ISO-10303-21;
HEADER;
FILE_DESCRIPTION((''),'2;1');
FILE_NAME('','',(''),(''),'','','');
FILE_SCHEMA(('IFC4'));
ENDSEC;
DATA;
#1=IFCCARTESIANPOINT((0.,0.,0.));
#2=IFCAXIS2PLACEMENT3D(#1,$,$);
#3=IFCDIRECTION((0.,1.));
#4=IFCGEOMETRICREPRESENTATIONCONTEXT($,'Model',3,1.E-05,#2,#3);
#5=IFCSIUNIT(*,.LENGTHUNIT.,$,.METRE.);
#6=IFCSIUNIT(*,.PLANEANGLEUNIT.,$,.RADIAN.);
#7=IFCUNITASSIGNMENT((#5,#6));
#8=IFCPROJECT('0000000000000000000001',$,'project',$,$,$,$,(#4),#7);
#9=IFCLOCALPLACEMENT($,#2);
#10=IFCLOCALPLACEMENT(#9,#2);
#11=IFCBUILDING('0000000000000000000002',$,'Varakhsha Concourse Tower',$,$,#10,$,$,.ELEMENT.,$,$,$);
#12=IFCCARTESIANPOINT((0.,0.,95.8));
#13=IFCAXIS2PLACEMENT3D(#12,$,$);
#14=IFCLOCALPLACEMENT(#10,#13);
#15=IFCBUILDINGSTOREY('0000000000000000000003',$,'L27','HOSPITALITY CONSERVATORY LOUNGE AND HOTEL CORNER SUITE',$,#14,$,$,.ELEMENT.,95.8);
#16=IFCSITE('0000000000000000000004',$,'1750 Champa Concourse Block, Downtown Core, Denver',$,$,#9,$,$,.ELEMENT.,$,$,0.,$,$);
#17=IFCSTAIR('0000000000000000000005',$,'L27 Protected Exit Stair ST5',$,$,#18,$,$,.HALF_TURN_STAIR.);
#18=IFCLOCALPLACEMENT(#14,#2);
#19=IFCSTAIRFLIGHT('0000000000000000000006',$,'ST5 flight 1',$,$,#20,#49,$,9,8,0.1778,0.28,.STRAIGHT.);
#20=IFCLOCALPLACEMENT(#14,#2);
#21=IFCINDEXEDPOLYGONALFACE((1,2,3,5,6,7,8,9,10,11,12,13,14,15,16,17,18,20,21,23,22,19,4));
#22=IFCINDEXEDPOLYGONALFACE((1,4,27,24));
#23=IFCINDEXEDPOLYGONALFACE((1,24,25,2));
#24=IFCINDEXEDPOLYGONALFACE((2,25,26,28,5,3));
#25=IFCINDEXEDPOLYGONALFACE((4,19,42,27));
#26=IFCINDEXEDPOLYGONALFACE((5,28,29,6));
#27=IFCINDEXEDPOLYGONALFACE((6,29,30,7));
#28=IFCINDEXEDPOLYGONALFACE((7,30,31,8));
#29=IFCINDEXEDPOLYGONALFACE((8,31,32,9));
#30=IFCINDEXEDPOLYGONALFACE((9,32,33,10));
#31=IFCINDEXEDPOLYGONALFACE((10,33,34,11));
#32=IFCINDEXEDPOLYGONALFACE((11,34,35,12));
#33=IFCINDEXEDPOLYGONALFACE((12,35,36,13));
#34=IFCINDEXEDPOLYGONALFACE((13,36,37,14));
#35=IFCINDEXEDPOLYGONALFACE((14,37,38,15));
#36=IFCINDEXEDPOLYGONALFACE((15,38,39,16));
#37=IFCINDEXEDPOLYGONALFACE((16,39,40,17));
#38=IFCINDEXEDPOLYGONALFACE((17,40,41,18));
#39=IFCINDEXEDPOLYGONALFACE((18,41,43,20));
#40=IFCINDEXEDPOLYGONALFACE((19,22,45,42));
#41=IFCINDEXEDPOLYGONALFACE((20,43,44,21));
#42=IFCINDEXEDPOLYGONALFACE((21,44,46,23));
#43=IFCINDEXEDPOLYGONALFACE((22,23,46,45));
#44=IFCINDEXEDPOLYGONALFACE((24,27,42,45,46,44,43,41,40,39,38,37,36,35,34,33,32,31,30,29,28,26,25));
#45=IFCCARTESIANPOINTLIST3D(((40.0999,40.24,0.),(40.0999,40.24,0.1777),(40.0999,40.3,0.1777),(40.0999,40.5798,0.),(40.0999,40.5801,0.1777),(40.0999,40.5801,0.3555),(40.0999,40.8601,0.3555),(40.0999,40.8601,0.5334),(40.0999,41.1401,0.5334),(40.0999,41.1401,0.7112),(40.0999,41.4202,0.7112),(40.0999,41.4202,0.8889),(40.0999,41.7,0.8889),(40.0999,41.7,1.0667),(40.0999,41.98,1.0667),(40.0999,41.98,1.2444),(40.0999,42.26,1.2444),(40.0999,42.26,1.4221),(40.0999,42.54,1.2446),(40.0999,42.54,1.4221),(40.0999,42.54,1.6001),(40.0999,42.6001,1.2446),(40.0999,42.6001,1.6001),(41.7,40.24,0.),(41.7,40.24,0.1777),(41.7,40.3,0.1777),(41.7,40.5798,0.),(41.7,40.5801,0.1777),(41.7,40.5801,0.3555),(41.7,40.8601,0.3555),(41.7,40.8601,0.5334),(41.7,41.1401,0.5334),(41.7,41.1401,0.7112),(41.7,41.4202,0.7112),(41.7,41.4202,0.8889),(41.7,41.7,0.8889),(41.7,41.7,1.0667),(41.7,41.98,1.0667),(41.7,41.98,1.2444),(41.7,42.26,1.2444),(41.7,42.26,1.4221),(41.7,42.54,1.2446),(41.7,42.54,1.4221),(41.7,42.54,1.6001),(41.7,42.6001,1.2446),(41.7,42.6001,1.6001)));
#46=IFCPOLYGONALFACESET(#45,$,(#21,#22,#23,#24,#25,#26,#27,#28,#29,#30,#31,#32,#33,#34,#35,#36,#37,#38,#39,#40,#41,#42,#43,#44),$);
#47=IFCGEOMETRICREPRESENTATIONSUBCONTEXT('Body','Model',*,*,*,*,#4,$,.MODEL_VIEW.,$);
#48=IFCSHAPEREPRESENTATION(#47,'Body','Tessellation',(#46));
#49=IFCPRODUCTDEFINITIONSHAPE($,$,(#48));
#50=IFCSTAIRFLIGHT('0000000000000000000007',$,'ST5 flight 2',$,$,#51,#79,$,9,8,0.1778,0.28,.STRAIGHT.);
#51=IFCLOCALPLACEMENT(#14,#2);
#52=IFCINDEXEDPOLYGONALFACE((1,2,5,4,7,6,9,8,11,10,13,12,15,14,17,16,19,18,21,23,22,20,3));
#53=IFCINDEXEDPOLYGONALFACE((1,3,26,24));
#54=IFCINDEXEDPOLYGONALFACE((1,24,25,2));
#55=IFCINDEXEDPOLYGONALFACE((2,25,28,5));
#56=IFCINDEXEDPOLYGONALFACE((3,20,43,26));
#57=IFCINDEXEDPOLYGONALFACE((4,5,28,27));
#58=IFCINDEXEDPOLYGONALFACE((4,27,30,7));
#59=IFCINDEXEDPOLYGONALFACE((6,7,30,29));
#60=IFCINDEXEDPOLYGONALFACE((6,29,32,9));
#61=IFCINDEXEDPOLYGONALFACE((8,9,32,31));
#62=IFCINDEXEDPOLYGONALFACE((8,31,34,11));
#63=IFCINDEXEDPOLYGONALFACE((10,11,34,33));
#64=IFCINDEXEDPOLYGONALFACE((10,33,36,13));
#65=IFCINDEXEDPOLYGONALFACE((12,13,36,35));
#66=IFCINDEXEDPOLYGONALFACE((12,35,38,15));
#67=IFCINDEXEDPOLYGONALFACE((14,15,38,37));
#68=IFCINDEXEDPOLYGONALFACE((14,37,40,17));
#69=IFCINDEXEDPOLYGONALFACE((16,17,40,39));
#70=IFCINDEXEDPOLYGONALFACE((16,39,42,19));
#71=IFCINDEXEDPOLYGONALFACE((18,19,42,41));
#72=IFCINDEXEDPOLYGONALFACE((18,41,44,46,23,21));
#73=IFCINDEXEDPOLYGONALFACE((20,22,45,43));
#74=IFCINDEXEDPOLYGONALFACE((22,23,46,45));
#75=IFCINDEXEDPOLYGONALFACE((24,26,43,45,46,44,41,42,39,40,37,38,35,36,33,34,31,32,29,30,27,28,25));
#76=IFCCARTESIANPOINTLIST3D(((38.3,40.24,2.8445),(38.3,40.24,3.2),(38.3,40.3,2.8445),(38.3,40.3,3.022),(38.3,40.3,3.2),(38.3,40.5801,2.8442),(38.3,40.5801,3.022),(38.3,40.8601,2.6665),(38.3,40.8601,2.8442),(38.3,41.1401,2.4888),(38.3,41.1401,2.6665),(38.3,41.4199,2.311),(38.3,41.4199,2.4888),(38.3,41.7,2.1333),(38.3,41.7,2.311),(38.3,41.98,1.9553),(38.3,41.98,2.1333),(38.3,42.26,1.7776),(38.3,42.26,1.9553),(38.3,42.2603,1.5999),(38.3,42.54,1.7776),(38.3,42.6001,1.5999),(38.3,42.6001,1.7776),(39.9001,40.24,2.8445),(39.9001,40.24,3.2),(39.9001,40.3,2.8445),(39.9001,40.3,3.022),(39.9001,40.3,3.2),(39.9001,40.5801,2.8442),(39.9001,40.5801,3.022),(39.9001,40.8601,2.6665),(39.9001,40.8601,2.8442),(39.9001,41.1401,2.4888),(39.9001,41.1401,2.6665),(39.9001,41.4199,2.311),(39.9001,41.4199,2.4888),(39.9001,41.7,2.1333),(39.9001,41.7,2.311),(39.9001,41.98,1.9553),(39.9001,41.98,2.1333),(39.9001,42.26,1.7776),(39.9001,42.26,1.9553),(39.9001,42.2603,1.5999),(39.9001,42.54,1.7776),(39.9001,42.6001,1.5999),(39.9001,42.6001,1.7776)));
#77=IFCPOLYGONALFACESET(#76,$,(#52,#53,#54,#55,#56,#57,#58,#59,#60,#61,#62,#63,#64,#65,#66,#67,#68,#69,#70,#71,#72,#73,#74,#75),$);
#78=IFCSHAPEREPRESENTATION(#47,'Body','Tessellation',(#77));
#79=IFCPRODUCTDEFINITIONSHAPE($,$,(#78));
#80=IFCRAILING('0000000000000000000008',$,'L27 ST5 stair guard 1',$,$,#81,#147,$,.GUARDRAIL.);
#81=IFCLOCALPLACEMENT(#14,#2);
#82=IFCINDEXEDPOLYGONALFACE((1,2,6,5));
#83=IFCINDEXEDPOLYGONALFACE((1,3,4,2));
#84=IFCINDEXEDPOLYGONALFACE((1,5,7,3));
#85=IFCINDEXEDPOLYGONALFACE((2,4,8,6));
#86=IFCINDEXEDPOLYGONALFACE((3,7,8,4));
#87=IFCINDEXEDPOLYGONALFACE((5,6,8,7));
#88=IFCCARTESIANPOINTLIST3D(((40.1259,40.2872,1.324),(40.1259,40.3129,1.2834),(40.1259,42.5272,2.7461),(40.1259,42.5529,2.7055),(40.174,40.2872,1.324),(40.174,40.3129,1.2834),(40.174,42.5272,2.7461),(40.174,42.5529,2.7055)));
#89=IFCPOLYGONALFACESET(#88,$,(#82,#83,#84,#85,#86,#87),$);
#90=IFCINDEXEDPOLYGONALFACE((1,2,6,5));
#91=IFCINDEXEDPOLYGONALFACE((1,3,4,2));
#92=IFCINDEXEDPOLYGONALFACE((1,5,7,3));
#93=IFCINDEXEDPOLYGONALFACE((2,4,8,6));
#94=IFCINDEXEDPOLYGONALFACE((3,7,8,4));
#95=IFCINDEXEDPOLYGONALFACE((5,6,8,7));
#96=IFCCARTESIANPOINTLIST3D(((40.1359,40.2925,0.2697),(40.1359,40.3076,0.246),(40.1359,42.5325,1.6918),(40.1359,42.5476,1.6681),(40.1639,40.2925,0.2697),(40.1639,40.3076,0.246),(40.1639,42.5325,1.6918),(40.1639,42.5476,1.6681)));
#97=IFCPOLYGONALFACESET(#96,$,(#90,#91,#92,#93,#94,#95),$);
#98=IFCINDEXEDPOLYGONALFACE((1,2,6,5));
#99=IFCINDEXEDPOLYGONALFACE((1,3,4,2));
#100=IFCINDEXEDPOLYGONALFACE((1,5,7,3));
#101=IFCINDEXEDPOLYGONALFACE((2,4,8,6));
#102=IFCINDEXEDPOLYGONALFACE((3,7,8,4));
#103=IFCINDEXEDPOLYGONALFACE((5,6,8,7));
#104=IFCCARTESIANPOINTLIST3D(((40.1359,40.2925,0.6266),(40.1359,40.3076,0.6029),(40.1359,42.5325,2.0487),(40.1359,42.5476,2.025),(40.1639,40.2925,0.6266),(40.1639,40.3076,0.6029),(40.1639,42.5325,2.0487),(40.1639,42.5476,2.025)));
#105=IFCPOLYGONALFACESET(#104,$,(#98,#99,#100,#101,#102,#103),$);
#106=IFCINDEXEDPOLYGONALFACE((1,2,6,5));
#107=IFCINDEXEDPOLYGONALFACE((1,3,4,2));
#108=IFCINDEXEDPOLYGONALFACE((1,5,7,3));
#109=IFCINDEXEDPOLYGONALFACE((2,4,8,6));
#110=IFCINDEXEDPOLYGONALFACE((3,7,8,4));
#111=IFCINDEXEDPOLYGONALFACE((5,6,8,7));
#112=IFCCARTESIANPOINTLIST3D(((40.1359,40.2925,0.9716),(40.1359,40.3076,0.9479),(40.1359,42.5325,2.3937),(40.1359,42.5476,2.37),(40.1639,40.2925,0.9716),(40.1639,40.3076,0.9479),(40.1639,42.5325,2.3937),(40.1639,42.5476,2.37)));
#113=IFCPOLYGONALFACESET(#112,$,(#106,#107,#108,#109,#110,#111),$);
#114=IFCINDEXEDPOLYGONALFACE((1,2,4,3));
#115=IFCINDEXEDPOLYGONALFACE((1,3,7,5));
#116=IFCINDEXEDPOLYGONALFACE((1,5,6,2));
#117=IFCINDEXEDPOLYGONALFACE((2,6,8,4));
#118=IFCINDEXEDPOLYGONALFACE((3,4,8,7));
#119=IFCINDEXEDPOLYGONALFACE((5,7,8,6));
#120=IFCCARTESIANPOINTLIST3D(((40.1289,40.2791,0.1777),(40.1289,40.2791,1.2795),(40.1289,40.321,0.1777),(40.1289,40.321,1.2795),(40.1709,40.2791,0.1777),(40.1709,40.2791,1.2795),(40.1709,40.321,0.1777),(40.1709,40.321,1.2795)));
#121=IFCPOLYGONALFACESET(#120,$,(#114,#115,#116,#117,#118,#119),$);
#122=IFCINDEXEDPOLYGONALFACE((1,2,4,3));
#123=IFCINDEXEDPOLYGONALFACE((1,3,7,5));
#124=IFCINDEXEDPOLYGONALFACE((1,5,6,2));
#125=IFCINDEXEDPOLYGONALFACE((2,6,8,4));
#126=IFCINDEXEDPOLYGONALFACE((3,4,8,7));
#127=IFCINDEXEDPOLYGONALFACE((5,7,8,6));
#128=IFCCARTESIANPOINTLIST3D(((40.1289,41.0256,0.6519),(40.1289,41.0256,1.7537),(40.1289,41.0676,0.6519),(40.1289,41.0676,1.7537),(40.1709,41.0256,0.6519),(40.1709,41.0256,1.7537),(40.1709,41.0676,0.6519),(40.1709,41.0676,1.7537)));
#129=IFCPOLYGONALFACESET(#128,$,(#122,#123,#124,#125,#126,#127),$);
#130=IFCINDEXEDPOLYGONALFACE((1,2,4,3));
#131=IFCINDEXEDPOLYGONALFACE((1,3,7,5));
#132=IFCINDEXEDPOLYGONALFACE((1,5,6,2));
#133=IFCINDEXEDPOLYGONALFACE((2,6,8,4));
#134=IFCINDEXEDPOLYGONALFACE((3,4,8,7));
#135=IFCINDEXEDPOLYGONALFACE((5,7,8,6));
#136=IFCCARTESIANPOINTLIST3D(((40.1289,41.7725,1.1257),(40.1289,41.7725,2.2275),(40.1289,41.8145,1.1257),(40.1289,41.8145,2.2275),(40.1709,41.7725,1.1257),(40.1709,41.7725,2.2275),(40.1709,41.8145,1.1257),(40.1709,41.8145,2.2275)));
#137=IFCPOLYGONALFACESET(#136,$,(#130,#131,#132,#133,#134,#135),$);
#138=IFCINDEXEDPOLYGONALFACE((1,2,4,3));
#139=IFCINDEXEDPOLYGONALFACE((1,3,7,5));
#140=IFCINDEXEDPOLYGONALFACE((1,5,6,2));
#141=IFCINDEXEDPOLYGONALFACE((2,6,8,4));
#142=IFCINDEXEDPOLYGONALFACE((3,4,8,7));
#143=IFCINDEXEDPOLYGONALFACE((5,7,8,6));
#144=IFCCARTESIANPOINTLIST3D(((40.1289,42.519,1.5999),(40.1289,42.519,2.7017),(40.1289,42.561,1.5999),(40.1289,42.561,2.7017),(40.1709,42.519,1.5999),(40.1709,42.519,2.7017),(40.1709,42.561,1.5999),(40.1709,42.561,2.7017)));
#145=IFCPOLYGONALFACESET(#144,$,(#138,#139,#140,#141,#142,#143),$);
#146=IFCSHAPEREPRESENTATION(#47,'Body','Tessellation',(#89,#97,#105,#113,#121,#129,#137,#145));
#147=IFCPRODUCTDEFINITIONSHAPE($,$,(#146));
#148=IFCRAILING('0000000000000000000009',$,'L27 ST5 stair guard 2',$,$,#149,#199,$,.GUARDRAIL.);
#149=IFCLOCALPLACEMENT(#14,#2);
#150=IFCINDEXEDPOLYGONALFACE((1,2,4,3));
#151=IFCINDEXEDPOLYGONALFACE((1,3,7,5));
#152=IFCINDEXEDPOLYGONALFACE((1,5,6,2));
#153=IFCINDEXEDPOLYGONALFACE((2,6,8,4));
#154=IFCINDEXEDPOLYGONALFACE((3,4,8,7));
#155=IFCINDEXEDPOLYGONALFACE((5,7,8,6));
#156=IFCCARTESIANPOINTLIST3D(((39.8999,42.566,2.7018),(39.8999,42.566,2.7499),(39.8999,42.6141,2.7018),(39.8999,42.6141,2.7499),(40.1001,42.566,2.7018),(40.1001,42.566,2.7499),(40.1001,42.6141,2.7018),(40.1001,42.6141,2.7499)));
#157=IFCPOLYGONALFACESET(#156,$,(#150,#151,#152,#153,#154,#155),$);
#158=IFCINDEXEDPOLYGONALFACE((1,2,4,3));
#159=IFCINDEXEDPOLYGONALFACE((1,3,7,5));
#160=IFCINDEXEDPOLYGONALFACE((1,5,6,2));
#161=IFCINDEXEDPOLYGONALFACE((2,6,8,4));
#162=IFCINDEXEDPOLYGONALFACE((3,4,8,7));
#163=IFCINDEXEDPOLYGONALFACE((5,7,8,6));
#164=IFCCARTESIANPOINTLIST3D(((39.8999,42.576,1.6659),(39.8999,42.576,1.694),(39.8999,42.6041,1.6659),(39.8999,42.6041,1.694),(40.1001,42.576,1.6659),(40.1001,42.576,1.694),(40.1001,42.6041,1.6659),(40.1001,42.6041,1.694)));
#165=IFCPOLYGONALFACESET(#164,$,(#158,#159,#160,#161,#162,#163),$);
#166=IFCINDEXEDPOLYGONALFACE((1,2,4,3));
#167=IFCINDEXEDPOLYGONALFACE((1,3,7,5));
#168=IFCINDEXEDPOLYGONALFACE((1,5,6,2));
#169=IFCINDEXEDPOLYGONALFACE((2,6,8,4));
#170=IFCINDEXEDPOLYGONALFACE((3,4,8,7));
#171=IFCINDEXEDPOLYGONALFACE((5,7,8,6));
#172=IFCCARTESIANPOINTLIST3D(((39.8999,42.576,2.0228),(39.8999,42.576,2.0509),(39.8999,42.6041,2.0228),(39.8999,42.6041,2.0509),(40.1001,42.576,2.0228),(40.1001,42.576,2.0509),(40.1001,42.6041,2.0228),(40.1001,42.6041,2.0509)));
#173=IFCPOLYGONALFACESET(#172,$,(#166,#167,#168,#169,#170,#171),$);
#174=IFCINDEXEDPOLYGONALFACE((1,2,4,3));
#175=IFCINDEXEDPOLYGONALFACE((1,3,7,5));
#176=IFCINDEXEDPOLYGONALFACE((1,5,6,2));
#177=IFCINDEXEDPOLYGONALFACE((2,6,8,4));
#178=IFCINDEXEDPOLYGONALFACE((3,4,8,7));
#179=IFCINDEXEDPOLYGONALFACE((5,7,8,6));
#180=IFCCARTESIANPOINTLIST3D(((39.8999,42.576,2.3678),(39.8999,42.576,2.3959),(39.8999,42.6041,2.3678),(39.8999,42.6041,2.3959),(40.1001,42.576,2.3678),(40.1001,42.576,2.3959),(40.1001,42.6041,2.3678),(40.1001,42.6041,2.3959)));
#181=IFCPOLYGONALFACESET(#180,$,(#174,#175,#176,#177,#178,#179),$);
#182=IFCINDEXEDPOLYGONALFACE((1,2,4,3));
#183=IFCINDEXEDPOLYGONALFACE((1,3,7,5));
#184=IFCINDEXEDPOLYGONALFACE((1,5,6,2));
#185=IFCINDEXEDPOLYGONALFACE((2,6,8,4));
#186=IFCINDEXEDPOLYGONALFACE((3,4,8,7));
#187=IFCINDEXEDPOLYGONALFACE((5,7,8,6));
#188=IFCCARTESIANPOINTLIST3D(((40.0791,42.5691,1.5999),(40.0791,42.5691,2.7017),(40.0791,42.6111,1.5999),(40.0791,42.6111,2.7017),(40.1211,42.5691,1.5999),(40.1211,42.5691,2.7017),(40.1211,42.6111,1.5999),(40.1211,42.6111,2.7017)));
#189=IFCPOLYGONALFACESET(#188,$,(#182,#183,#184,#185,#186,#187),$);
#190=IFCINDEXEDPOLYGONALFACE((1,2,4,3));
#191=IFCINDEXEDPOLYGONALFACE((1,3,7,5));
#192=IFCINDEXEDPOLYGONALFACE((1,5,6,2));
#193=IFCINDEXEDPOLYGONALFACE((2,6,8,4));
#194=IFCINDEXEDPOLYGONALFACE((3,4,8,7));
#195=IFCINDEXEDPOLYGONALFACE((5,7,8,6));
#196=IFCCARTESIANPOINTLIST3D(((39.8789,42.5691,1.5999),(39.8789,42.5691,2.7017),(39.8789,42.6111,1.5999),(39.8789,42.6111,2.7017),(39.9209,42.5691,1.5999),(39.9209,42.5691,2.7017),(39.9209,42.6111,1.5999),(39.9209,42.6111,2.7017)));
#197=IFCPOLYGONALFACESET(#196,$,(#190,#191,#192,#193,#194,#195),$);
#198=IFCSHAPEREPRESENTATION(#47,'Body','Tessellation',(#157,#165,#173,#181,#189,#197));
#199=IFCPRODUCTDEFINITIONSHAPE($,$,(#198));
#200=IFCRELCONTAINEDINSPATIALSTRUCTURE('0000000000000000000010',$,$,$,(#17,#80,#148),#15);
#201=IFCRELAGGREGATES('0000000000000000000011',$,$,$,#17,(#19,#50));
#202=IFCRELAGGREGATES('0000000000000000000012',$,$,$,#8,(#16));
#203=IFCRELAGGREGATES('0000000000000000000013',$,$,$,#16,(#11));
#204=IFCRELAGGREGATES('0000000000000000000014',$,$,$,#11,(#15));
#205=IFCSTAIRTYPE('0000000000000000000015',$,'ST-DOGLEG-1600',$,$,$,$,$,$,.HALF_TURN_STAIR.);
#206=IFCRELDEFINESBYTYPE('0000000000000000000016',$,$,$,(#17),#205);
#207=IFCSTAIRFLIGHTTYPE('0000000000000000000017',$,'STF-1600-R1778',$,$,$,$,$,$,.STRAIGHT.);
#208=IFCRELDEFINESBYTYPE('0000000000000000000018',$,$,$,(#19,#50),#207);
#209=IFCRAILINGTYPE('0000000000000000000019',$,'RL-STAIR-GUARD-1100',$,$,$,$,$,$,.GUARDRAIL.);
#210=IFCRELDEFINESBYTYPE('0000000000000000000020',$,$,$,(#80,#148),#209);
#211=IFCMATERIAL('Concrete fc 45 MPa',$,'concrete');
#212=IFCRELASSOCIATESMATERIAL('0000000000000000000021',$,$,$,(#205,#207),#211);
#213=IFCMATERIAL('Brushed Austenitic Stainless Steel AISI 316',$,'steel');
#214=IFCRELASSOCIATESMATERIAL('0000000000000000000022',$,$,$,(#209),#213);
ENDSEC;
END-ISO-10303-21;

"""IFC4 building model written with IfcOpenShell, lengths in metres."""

from ifc_helpers import new_model, si_unit, direction, frame, origin, origin_2d, place, context, subcontext, project, spatial, polyline, rectangle, outline, extrude, material, type_object, element, aggregate, save


model = new_model("IFC4")

# Units and contexts
model_context = context("Model", 3, precision=1e-05, world=origin(), true_north=direction((0.0, 1.0)))
body_context = subcontext(model_context, "Body", "Model", "MODEL_VIEW")
ifc_project = project(units=[si_unit("LENGTHUNIT", "METRE"), si_unit("PLANEANGLEUNIT", "RADIAN")], contexts=[model_context])

# Site, building, storey
site_placement = place(None, origin())
site = spatial("IfcSite", under=ifc_project, at=site_placement, Name="1750 Champa Concourse Block, Downtown Core, Denver", CompositionType="ELEMENT", RefElevation=0.0)
building_placement = place(site_placement, origin())
building = spatial("IfcBuilding", under=site, at=building_placement, Name="Varakhsha Concourse Tower", CompositionType="ELEMENT")
storey_placement = place(building_placement, frame((0.0, 0.0, 95.8)))
storey = spatial("IfcBuildingStorey", under=building, at=storey_placement, Name="L27", Description="HOSPITALITY CONSERVATORY LOUNGE AND HOTEL CORNER SUITE", CompositionType="ELEMENT", Elevation=95.8)

# Shared definitions
ifc_material_1 = material(Name="Concrete fc 45 MPa", Category="concrete")

# Stair, stair flights
stair_type = type_object("IfcStairType", Name="ST-DOGLEG-1600", PredefinedType="HALF_TURN_STAIR", material=ifc_material_1)
stair_placement = place(storey_placement, origin())
stair = element("IfcStair", 1, at=stair_placement, inside=storey, type_object=stair_type, Name="L27 Protected Exit Stair ST5", PredefinedType="HALF_TURN_STAIR")
stair_flight_type = type_object("IfcStairFlightType", Name="STF-1600-R1778", PredefinedType="STRAIGHT", material=ifc_material_1)
stair_flight_1_placement = place(storey_placement, frame((40.8999, 40.3, 0.0), z_axis=(0.0, 0.0, 1.0), x_axis=(0.0, 1.0, 0.0)))
stair_flight_1 = element("IfcStairFlight", 2, at=stair_flight_1_placement, type_object=stair_flight_type, Name="ST5 flight 1", NumberOfRisers=9, NumberOfTreads=8, PredefinedType="STRAIGHT", RiserHeight=0.1778, TreadLength=0.28, context=body_context, shape_type="SweptSolid", body=[
    extrude(outline(polyline([(-0.0601, 0.0), (-0.0601, 0.1777), (0.0, 0.1777), (0.28, 0.1777), (0.28, 0.3555), (0.5601, 0.3555), (0.5601, 0.5334), (0.8401, 0.5334), (0.8401, 0.7112), (1.1201, 0.7112), (1.1201, 0.8889), (1.3999, 0.8889), (1.3999, 1.0667), (1.6799, 1.0667), (1.6799, 1.2444), (1.96, 1.2444), (1.96, 1.4221), (2.24, 1.4221), (2.24, 1.6001), (2.3, 1.6001), (2.3, 1.2446), (2.24, 1.2446), (0.2798, 0.0), (-0.0601, 0.0)])), frame((0.0, 0.8, 0.0), z_axis=(0.0, -1.0, 0.0), x_axis=(1.0, 0.0, 0.0)), (0.0, 0.0, 1.0), 1.6001),
])
stair_flight_2_placement = place(storey_placement, frame((39.1001, 42.54, 1.5999), z_axis=(0.0, 0.0, 1.0), x_axis=(0.0, -1.0, 0.0)))
stair_flight_2 = element("IfcStairFlight", 3, at=stair_flight_2_placement, type_object=stair_flight_type, Name="ST5 flight 2", NumberOfRisers=9, NumberOfTreads=8, PredefinedType="STRAIGHT", RiserHeight=0.1778, TreadLength=0.28, context=body_context, shape_type="SweptSolid", body=[
    extrude(outline(polyline([(-0.0601, 0.0), (-0.0601, 0.1777), (0.0, 0.1777), (0.28, 0.1777), (0.28, 0.3555), (0.5601, 0.3555), (0.5601, 0.5334), (0.8401, 0.5334), (0.8401, 0.7112), (1.1201, 0.7112), (1.1201, 0.8889), (1.3999, 0.8889), (1.3999, 1.0667), (1.6799, 1.0667), (1.6799, 1.2444), (1.96, 1.2444), (1.96, 1.4221), (2.24, 1.4221), (2.24, 1.6001), (2.3, 1.6001), (2.3, 1.2446), (2.24, 1.2446), (0.2798, 0.0), (-0.0601, 0.0)])), frame((0.0, 0.8, 0.0), z_axis=(0.0, -1.0, 0.0), x_axis=(1.0, 0.0, 0.0)), (0.0, 0.0, 1.0), 1.6001),
])
aggregate(stair, [stair_flight_1, stair_flight_2])

# Railings
ifc_material_2 = material(Name="Brushed Austenitic Stainless Steel AISI 316", Category="steel")
railing_type_1 = type_object("IfcRailingType", Name="RL-STAIR-GUARD-1100", PredefinedType="GUARDRAIL", material=ifc_material_2)
railing_1_placement = place(storey_placement, frame((40.1499, 40.3, 0.1777)))
element("IfcRailing", 4, at=railing_1_placement, inside=storey, type_object=railing_type_1, Name="L27 ST5 stair guard 1", PredefinedType="GUARDRAIL", context=body_context, shape_type="SweptSolid", body=[
    extrude(rectangle(XDim=0.0481, YDim=0.0481, at=origin_2d()), frame((0.0, 0.0, 1.126), z_axis=(0.0, 0.844229, 0.535982), x_axis=(-1.0, 0.0, 0.0)), (0.0, 0.0, 1.0), 2.6533),
    extrude(rectangle(XDim=0.0281, YDim=0.0281, at=origin_2d()), frame((0.0, 0.0, 0.0801), z_axis=(0.0, 0.844229, 0.535982), x_axis=(-1.0, 0.0, 0.0)), (0.0, 0.0, 1.0), 2.6533),
    extrude(rectangle(XDim=0.0281, YDim=0.0281, at=origin_2d()), frame((0.0, 0.0, 0.437), z_axis=(0.0, 0.844229, 0.535982), x_axis=(-1.0, 0.0, 0.0)), (0.0, 0.0, 1.0), 2.6533),
    extrude(rectangle(XDim=0.0281, YDim=0.0281, at=origin_2d()), frame((0.0, 0.0, 0.782), z_axis=(0.0, 0.844229, 0.535982), x_axis=(-1.0, 0.0, 0.0)), (0.0, 0.0, 1.0), 2.6533),
    extrude(rectangle(XDim=0.042, YDim=0.042, at=origin_2d()), origin(), (0.0, 0.0, 1.0), 1.1018),
    extrude(rectangle(XDim=0.042, YDim=0.042, at=origin_2d()), frame((0.0, 0.7466, 0.4741)), (0.0, 0.0, 1.0), 1.1018),
    extrude(rectangle(XDim=0.042, YDim=0.042, at=origin_2d()), frame((0.0, 1.4934, 0.948)), (0.0, 0.0, 1.0), 1.1018),
    extrude(rectangle(XDim=0.042, YDim=0.042, at=origin_2d()), frame((0.0, 2.24, 1.4221)), (0.0, 0.0, 1.0), 1.1018),
])
railing_2_placement = place(storey_placement, frame((40.1001, 42.5901, 1.5999)))
element("IfcRailing", 5, at=railing_2_placement, inside=storey, type_object=railing_type_1, Name="L27 ST5 stair guard 2", PredefinedType="GUARDRAIL", context=body_context, shape_type="SweptSolid", body=[
    extrude(rectangle(XDim=0.0481, YDim=0.0481, at=origin_2d()), frame((0.0, 0.0, 1.126), z_axis=(-1.0, 0.0, 0.0), x_axis=(0.0, -1.0, 0.0)), (0.0, 0.0, 1.0), 0.2002),
    extrude(rectangle(XDim=0.0281, YDim=0.0281, at=origin_2d()), frame((0.0, 0.0, 0.0801), z_axis=(-1.0, 0.0, 0.0), x_axis=(0.0, -1.0, 0.0)), (0.0, 0.0, 1.0), 0.2002),
    extrude(rectangle(XDim=0.0281, YDim=0.0281, at=origin_2d()), frame((0.0, 0.0, 0.437), z_axis=(-1.0, 0.0, 0.0), x_axis=(0.0, -1.0, 0.0)), (0.0, 0.0, 1.0), 0.2002),
    extrude(rectangle(XDim=0.0281, YDim=0.0281, at=origin_2d()), frame((0.0, 0.0, 0.782), z_axis=(-1.0, 0.0, 0.0), x_axis=(0.0, -1.0, 0.0)), (0.0, 0.0, 1.0), 0.2002),
    extrude(rectangle(XDim=0.042, YDim=0.042, at=origin_2d()), origin(), (0.0, 0.0, 1.0), 1.1018),
    extrude(rectangle(XDim=0.042, YDim=0.042, at=origin_2d()), frame((-0.2002, 0.0, 0.0)), (0.0, 0.0, 1.0), 1.1018),
])

save(model, "model.ifc")
